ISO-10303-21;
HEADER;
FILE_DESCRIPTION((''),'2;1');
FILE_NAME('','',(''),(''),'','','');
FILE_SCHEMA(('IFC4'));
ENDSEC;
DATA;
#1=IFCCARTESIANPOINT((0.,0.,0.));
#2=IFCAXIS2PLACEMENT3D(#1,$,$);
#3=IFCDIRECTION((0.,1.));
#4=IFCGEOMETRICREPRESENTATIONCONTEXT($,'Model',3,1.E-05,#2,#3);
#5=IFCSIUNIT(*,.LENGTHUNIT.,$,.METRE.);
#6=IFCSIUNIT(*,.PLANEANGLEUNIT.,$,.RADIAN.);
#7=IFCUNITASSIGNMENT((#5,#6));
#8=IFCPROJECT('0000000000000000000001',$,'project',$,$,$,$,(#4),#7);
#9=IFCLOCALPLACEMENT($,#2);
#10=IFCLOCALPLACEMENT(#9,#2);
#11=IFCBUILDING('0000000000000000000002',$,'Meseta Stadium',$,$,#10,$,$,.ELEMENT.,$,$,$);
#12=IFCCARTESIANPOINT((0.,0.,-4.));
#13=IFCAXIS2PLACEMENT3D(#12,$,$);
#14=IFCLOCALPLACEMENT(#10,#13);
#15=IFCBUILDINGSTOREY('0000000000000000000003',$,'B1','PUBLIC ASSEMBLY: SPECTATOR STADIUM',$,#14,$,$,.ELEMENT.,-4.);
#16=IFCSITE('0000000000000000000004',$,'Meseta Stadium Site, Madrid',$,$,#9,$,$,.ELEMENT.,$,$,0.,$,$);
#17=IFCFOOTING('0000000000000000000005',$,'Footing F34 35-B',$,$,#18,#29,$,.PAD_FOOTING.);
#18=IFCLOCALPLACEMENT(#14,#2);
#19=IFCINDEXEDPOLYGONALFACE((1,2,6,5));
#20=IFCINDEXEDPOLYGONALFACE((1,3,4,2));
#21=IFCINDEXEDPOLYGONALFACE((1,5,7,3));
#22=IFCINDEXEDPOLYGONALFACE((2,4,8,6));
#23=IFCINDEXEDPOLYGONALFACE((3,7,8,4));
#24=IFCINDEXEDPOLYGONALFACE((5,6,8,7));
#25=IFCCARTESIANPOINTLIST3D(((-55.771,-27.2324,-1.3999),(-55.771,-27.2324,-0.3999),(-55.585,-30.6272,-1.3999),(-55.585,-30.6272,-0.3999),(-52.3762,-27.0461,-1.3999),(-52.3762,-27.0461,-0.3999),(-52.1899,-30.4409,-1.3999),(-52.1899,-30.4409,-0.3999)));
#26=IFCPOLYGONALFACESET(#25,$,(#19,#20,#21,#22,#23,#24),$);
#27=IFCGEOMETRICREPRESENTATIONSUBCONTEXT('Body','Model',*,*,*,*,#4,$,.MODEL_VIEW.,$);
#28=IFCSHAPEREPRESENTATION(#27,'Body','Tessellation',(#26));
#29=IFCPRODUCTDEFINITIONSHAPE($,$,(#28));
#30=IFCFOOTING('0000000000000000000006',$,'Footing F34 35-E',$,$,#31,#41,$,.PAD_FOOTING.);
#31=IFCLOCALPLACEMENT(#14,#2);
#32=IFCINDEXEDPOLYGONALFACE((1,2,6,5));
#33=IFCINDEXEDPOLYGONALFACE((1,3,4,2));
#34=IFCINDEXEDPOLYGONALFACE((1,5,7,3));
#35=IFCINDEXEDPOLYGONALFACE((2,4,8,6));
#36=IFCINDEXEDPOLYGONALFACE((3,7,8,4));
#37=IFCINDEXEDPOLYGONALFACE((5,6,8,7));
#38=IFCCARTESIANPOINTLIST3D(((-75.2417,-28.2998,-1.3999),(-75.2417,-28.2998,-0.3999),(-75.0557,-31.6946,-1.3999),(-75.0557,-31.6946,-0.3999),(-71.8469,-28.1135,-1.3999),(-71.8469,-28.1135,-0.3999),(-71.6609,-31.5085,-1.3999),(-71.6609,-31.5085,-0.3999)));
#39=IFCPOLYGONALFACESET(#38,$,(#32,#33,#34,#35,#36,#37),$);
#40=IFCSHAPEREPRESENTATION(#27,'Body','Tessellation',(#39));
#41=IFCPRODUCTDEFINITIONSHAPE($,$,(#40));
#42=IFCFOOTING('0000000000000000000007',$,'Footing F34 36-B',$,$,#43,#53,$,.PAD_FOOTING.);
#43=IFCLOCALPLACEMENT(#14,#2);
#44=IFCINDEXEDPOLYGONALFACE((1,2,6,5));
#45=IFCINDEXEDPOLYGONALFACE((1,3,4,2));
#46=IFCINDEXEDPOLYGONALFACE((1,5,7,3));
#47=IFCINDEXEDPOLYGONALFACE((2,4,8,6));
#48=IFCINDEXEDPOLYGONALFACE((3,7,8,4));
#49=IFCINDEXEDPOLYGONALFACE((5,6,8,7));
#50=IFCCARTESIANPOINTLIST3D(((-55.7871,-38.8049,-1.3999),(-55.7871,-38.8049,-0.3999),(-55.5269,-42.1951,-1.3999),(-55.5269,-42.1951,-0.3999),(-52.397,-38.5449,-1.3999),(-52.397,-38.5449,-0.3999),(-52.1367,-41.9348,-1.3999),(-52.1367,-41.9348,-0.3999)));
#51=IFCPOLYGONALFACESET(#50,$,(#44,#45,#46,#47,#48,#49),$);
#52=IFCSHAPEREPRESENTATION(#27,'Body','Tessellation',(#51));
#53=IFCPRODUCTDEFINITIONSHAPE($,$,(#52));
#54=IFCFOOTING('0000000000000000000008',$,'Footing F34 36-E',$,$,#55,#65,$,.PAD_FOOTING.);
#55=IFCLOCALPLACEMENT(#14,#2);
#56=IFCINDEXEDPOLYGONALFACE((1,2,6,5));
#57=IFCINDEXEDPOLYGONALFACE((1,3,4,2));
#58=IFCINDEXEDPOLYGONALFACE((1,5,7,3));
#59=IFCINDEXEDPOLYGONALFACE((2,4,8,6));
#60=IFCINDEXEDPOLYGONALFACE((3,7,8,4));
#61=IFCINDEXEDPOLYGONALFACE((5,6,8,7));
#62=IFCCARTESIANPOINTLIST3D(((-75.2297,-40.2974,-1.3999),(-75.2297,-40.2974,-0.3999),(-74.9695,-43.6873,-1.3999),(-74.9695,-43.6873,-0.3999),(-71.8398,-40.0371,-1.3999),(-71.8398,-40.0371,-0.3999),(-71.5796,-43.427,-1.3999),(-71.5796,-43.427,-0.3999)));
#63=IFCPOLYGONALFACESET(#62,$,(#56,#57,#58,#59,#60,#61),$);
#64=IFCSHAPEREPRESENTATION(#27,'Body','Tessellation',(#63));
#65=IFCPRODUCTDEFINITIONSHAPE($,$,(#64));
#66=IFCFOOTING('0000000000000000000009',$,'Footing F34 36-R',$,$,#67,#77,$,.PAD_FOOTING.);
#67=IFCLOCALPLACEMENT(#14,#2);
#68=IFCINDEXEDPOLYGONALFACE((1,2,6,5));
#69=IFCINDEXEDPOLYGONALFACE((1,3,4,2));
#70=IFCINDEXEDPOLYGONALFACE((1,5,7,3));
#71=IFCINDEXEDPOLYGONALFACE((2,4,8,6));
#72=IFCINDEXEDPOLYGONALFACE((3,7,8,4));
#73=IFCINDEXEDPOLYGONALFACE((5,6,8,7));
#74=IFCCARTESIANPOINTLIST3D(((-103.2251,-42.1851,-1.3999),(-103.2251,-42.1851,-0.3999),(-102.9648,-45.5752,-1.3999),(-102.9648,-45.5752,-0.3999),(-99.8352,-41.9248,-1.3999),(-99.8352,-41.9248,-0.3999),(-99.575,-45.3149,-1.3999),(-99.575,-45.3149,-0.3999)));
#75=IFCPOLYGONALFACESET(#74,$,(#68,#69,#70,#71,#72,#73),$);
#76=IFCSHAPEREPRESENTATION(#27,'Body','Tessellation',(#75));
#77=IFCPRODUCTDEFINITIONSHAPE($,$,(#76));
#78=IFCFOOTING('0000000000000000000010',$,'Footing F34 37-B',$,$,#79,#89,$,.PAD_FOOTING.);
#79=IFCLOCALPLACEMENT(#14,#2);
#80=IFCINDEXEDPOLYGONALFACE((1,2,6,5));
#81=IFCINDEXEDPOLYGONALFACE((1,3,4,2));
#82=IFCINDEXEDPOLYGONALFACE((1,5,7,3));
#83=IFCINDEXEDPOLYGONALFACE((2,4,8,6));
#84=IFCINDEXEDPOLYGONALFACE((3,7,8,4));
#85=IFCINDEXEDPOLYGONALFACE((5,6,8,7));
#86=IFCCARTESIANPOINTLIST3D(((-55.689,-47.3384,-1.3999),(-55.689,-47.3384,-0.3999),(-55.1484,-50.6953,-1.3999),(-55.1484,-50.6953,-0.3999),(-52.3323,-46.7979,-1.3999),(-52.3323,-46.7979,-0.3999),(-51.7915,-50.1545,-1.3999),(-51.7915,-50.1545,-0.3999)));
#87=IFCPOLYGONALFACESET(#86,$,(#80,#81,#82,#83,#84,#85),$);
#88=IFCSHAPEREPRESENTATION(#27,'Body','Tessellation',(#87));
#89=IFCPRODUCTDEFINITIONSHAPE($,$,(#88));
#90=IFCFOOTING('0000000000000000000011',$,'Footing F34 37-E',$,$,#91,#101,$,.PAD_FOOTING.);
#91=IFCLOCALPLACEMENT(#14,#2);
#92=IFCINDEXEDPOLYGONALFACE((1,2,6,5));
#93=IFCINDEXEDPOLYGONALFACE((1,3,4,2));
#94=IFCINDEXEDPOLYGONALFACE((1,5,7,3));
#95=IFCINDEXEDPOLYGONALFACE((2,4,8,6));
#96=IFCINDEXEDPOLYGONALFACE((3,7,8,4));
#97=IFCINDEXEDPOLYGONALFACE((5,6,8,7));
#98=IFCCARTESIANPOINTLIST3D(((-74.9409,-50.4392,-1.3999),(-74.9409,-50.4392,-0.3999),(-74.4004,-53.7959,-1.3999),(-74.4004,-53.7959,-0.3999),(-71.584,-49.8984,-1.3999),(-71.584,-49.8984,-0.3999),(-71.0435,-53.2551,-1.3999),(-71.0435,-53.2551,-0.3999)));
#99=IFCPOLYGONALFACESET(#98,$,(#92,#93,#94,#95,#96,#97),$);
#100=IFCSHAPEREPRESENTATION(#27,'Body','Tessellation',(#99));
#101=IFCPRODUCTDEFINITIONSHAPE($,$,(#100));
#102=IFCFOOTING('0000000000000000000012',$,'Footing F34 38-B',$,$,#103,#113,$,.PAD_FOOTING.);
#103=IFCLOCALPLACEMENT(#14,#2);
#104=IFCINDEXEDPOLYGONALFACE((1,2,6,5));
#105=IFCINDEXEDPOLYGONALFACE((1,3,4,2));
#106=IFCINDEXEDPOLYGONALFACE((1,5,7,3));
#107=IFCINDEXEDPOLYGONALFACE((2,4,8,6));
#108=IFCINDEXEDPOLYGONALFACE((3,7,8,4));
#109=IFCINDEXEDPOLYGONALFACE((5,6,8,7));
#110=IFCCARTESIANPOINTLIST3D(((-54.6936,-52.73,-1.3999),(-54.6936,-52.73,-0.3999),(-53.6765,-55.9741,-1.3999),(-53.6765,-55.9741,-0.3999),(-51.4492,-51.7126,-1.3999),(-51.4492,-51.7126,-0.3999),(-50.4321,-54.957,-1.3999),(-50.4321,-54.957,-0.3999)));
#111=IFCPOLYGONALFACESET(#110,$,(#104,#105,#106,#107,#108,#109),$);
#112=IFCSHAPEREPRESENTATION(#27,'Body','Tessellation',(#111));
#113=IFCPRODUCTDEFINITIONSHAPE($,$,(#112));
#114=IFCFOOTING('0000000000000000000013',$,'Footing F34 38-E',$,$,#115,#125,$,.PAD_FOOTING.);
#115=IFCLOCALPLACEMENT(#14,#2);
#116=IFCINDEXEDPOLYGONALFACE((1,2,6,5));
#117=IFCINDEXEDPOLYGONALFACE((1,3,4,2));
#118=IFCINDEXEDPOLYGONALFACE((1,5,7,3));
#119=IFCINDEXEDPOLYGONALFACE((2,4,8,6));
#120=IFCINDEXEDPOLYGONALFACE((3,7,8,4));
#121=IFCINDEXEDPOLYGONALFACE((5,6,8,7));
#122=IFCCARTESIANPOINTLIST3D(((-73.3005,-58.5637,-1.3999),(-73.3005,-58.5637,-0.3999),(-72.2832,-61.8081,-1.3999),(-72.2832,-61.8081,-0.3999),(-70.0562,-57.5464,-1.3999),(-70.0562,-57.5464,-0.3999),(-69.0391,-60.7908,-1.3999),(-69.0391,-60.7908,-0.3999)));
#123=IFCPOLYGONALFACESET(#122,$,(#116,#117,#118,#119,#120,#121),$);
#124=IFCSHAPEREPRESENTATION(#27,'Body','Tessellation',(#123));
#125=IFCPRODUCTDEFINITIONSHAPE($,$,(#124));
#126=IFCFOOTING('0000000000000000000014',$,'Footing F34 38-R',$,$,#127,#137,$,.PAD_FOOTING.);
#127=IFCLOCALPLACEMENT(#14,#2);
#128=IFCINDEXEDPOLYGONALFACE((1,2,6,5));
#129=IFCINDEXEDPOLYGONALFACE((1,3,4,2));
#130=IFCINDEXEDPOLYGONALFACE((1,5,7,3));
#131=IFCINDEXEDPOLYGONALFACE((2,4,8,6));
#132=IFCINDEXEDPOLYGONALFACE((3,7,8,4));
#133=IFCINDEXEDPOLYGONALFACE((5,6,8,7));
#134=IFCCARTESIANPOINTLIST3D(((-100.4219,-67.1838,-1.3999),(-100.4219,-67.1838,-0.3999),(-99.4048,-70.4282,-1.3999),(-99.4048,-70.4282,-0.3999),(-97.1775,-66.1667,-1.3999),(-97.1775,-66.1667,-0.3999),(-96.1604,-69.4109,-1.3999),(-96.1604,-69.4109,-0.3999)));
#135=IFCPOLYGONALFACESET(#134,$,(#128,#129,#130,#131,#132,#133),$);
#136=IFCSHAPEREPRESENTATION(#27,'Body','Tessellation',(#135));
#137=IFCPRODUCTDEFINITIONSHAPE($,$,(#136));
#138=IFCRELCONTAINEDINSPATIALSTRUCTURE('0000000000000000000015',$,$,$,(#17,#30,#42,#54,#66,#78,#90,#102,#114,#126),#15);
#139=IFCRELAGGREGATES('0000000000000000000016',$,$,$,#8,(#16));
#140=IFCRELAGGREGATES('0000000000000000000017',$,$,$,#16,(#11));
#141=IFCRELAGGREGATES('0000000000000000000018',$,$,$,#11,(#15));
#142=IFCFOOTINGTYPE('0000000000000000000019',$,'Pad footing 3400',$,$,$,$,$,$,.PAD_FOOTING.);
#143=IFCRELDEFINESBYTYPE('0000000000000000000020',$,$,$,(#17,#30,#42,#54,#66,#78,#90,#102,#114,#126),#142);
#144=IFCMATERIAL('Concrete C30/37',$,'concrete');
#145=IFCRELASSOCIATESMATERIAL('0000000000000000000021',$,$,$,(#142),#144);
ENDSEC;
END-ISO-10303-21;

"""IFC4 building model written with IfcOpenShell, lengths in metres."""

from ifc_helpers import new_model, si_unit, direction, frame, origin, place, context, subcontext, project, spatial, polyline, outline, extrude, material, type_object, element, save


model = new_model("IFC4")

# Units and contexts
model_context = context("Model", 3, precision=1e-05, world=origin(), true_north=direction((0.0, 1.0)))
body_context = subcontext(model_context, "Body", "Model", "MODEL_VIEW")
ifc_project = project(units=[si_unit("LENGTHUNIT", "METRE"), si_unit("PLANEANGLEUNIT", "RADIAN")], contexts=[model_context])

# Site, building, storey
site_placement = place(None, origin())
site = spatial("IfcSite", under=ifc_project, at=site_placement, Name="Meseta Stadium Site, Madrid", CompositionType="ELEMENT", RefElevation=0.0)
building_placement = place(site_placement, origin())
building = spatial("IfcBuilding", under=site, at=building_placement, Name="Meseta Stadium", CompositionType="ELEMENT")
storey_placement = place(building_placement, frame((0.0, 0.0, -4.0)))
storey = spatial("IfcBuildingStorey", under=building, at=storey_placement, Name="B1", Description="PUBLIC ASSEMBLY: SPECTATOR STADIUM", CompositionType="ELEMENT", Elevation=-4.0)

# Footings
ifc_material_1 = material(Name="Concrete C30/37", Category="concrete")
footing_type_1 = type_object("IfcFootingType", Name="Pad footing 3400", PredefinedType="PAD_FOOTING", material=ifc_material_1)
footing_1_placement = place(storey_placement, frame((0.0, 0.0, -1.3999)))
element("IfcFooting", 1, at=footing_1_placement, inside=storey, type_object=footing_type_1, Name="Footing F34 35-B", PredefinedType="PAD_FOOTING", context=body_context, shape_type="SweptSolid", body=[
    extrude(outline(polyline([(-52.3762, -27.0461), (-55.771, -27.2324), (-55.585, -30.6272), (-52.1899, -30.4409), (-52.3762, -27.0461)])), origin(), (0.0, 0.0, 1.0), 1.0),
])
footing_2_placement = place(storey_placement, frame((0.0, 0.0, -1.3999)))
element("IfcFooting", 2, at=footing_2_placement, inside=storey, type_object=footing_type_1, Name="Footing F34 35-E", PredefinedType="PAD_FOOTING", context=body_context, shape_type="SweptSolid", body=[
    extrude(outline(polyline([(-71.8469, -28.1135), (-75.2417, -28.2998), (-75.0557, -31.6946), (-71.6609, -31.5085), (-71.8469, -28.1135)])), origin(), (0.0, 0.0, 1.0), 1.0),
])
footing_3_placement = place(storey_placement, frame((0.0, 0.0, -1.3999)))
element("IfcFooting", 3, at=footing_3_placement, inside=storey, type_object=footing_type_1, Name="Footing F34 36-B", PredefinedType="PAD_FOOTING", context=body_context, shape_type="SweptSolid", body=[
    extrude(outline(polyline([(-52.397, -38.5449), (-55.7871, -38.8049), (-55.5269, -42.1951), (-52.1367, -41.9348), (-52.397, -38.5449)])), origin(), (0.0, 0.0, 1.0), 1.0),
])
footing_4_placement = place(storey_placement, frame((0.0, 0.0, -1.3999)))
element("IfcFooting", 4, at=footing_4_placement, inside=storey, type_object=footing_type_1, Name="Footing F34 36-E", PredefinedType="PAD_FOOTING", context=body_context, shape_type="SweptSolid", body=[
    extrude(outline(polyline([(-71.8398, -40.0371), (-75.2297, -40.2974), (-74.9695, -43.6873), (-71.5796, -43.427), (-71.8398, -40.0371)])), origin(), (0.0, 0.0, 1.0), 1.0),
])
footing_5_placement = place(storey_placement, frame((0.0, 0.0, -1.3999)))
element("IfcFooting", 5, at=footing_5_placement, inside=storey, type_object=footing_type_1, Name="Footing F34 36-R", PredefinedType="PAD_FOOTING", context=body_context, shape_type="SweptSolid", body=[
    extrude(outline(polyline([(-99.8352, -41.9248), (-103.2251, -42.1851), (-102.9648, -45.5752), (-99.575, -45.3149), (-99.8352, -41.9248)])), origin(), (0.0, 0.0, 1.0), 1.0),
])
footing_6_placement = place(storey_placement, frame((0.0, 0.0, -1.3999)))
element("IfcFooting", 6, at=footing_6_placement, inside=storey, type_object=footing_type_1, Name="Footing F34 37-B", PredefinedType="PAD_FOOTING", context=body_context, shape_type="SweptSolid", body=[
    extrude(outline(polyline([(-52.3323, -46.7979), (-55.689, -47.3384), (-55.1484, -50.6953), (-51.7915, -50.1545), (-52.3323, -46.7979)])), origin(), (0.0, 0.0, 1.0), 1.0),
])
footing_7_placement = place(storey_placement, frame((0.0, 0.0, -1.3999)))
element("IfcFooting", 7, at=footing_7_placement, inside=storey, type_object=footing_type_1, Name="Footing F34 37-E", PredefinedType="PAD_FOOTING", context=body_context, shape_type="SweptSolid", body=[
    extrude(outline(polyline([(-71.584, -49.8984), (-74.9409, -50.4392), (-74.4004, -53.7959), (-71.0435, -53.2551), (-71.584, -49.8984)])), origin(), (0.0, 0.0, 1.0), 1.0),
])
footing_8_placement = place(storey_placement, frame((0.0, 0.0, -1.3999)))
element("IfcFooting", 8, at=footing_8_placement, inside=storey, type_object=footing_type_1, Name="Footing F34 38-B", PredefinedType="PAD_FOOTING", context=body_context, shape_type="SweptSolid", body=[
    extrude(outline(polyline([(-51.4492, -51.7126), (-54.6936, -52.73), (-53.6765, -55.9741), (-50.4321, -54.957), (-51.4492, -51.7126)])), origin(), (0.0, 0.0, 1.0), 1.0),
])
footing_9_placement = place(storey_placement, frame((0.0, 0.0, -1.3999)))
element("IfcFooting", 9, at=footing_9_placement, inside=storey, type_object=footing_type_1, Name="Footing F34 38-E", PredefinedType="PAD_FOOTING", context=body_context, shape_type="SweptSolid", body=[
    extrude(outline(polyline([(-70.0562, -57.5464), (-73.3005, -58.5637), (-72.2832, -61.8081), (-69.0391, -60.7908), (-70.0562, -57.5464)])), origin(), (0.0, 0.0, 1.0), 1.0),
])
footing_10_placement = place(storey_placement, frame((0.0, 0.0, -1.3999)))
element("IfcFooting", 10, at=footing_10_placement, inside=storey, type_object=footing_type_1, Name="Footing F34 38-R", PredefinedType="PAD_FOOTING", context=body_context, shape_type="SweptSolid", body=[
    extrude(outline(polyline([(-97.1775, -66.1667), (-100.4219, -67.1838), (-99.4048, -70.4282), (-96.1604, -69.4109), (-97.1775, -66.1667)])), origin(), (0.0, 0.0, 1.0), 1.0),
])

save(model, "model.ifc")
